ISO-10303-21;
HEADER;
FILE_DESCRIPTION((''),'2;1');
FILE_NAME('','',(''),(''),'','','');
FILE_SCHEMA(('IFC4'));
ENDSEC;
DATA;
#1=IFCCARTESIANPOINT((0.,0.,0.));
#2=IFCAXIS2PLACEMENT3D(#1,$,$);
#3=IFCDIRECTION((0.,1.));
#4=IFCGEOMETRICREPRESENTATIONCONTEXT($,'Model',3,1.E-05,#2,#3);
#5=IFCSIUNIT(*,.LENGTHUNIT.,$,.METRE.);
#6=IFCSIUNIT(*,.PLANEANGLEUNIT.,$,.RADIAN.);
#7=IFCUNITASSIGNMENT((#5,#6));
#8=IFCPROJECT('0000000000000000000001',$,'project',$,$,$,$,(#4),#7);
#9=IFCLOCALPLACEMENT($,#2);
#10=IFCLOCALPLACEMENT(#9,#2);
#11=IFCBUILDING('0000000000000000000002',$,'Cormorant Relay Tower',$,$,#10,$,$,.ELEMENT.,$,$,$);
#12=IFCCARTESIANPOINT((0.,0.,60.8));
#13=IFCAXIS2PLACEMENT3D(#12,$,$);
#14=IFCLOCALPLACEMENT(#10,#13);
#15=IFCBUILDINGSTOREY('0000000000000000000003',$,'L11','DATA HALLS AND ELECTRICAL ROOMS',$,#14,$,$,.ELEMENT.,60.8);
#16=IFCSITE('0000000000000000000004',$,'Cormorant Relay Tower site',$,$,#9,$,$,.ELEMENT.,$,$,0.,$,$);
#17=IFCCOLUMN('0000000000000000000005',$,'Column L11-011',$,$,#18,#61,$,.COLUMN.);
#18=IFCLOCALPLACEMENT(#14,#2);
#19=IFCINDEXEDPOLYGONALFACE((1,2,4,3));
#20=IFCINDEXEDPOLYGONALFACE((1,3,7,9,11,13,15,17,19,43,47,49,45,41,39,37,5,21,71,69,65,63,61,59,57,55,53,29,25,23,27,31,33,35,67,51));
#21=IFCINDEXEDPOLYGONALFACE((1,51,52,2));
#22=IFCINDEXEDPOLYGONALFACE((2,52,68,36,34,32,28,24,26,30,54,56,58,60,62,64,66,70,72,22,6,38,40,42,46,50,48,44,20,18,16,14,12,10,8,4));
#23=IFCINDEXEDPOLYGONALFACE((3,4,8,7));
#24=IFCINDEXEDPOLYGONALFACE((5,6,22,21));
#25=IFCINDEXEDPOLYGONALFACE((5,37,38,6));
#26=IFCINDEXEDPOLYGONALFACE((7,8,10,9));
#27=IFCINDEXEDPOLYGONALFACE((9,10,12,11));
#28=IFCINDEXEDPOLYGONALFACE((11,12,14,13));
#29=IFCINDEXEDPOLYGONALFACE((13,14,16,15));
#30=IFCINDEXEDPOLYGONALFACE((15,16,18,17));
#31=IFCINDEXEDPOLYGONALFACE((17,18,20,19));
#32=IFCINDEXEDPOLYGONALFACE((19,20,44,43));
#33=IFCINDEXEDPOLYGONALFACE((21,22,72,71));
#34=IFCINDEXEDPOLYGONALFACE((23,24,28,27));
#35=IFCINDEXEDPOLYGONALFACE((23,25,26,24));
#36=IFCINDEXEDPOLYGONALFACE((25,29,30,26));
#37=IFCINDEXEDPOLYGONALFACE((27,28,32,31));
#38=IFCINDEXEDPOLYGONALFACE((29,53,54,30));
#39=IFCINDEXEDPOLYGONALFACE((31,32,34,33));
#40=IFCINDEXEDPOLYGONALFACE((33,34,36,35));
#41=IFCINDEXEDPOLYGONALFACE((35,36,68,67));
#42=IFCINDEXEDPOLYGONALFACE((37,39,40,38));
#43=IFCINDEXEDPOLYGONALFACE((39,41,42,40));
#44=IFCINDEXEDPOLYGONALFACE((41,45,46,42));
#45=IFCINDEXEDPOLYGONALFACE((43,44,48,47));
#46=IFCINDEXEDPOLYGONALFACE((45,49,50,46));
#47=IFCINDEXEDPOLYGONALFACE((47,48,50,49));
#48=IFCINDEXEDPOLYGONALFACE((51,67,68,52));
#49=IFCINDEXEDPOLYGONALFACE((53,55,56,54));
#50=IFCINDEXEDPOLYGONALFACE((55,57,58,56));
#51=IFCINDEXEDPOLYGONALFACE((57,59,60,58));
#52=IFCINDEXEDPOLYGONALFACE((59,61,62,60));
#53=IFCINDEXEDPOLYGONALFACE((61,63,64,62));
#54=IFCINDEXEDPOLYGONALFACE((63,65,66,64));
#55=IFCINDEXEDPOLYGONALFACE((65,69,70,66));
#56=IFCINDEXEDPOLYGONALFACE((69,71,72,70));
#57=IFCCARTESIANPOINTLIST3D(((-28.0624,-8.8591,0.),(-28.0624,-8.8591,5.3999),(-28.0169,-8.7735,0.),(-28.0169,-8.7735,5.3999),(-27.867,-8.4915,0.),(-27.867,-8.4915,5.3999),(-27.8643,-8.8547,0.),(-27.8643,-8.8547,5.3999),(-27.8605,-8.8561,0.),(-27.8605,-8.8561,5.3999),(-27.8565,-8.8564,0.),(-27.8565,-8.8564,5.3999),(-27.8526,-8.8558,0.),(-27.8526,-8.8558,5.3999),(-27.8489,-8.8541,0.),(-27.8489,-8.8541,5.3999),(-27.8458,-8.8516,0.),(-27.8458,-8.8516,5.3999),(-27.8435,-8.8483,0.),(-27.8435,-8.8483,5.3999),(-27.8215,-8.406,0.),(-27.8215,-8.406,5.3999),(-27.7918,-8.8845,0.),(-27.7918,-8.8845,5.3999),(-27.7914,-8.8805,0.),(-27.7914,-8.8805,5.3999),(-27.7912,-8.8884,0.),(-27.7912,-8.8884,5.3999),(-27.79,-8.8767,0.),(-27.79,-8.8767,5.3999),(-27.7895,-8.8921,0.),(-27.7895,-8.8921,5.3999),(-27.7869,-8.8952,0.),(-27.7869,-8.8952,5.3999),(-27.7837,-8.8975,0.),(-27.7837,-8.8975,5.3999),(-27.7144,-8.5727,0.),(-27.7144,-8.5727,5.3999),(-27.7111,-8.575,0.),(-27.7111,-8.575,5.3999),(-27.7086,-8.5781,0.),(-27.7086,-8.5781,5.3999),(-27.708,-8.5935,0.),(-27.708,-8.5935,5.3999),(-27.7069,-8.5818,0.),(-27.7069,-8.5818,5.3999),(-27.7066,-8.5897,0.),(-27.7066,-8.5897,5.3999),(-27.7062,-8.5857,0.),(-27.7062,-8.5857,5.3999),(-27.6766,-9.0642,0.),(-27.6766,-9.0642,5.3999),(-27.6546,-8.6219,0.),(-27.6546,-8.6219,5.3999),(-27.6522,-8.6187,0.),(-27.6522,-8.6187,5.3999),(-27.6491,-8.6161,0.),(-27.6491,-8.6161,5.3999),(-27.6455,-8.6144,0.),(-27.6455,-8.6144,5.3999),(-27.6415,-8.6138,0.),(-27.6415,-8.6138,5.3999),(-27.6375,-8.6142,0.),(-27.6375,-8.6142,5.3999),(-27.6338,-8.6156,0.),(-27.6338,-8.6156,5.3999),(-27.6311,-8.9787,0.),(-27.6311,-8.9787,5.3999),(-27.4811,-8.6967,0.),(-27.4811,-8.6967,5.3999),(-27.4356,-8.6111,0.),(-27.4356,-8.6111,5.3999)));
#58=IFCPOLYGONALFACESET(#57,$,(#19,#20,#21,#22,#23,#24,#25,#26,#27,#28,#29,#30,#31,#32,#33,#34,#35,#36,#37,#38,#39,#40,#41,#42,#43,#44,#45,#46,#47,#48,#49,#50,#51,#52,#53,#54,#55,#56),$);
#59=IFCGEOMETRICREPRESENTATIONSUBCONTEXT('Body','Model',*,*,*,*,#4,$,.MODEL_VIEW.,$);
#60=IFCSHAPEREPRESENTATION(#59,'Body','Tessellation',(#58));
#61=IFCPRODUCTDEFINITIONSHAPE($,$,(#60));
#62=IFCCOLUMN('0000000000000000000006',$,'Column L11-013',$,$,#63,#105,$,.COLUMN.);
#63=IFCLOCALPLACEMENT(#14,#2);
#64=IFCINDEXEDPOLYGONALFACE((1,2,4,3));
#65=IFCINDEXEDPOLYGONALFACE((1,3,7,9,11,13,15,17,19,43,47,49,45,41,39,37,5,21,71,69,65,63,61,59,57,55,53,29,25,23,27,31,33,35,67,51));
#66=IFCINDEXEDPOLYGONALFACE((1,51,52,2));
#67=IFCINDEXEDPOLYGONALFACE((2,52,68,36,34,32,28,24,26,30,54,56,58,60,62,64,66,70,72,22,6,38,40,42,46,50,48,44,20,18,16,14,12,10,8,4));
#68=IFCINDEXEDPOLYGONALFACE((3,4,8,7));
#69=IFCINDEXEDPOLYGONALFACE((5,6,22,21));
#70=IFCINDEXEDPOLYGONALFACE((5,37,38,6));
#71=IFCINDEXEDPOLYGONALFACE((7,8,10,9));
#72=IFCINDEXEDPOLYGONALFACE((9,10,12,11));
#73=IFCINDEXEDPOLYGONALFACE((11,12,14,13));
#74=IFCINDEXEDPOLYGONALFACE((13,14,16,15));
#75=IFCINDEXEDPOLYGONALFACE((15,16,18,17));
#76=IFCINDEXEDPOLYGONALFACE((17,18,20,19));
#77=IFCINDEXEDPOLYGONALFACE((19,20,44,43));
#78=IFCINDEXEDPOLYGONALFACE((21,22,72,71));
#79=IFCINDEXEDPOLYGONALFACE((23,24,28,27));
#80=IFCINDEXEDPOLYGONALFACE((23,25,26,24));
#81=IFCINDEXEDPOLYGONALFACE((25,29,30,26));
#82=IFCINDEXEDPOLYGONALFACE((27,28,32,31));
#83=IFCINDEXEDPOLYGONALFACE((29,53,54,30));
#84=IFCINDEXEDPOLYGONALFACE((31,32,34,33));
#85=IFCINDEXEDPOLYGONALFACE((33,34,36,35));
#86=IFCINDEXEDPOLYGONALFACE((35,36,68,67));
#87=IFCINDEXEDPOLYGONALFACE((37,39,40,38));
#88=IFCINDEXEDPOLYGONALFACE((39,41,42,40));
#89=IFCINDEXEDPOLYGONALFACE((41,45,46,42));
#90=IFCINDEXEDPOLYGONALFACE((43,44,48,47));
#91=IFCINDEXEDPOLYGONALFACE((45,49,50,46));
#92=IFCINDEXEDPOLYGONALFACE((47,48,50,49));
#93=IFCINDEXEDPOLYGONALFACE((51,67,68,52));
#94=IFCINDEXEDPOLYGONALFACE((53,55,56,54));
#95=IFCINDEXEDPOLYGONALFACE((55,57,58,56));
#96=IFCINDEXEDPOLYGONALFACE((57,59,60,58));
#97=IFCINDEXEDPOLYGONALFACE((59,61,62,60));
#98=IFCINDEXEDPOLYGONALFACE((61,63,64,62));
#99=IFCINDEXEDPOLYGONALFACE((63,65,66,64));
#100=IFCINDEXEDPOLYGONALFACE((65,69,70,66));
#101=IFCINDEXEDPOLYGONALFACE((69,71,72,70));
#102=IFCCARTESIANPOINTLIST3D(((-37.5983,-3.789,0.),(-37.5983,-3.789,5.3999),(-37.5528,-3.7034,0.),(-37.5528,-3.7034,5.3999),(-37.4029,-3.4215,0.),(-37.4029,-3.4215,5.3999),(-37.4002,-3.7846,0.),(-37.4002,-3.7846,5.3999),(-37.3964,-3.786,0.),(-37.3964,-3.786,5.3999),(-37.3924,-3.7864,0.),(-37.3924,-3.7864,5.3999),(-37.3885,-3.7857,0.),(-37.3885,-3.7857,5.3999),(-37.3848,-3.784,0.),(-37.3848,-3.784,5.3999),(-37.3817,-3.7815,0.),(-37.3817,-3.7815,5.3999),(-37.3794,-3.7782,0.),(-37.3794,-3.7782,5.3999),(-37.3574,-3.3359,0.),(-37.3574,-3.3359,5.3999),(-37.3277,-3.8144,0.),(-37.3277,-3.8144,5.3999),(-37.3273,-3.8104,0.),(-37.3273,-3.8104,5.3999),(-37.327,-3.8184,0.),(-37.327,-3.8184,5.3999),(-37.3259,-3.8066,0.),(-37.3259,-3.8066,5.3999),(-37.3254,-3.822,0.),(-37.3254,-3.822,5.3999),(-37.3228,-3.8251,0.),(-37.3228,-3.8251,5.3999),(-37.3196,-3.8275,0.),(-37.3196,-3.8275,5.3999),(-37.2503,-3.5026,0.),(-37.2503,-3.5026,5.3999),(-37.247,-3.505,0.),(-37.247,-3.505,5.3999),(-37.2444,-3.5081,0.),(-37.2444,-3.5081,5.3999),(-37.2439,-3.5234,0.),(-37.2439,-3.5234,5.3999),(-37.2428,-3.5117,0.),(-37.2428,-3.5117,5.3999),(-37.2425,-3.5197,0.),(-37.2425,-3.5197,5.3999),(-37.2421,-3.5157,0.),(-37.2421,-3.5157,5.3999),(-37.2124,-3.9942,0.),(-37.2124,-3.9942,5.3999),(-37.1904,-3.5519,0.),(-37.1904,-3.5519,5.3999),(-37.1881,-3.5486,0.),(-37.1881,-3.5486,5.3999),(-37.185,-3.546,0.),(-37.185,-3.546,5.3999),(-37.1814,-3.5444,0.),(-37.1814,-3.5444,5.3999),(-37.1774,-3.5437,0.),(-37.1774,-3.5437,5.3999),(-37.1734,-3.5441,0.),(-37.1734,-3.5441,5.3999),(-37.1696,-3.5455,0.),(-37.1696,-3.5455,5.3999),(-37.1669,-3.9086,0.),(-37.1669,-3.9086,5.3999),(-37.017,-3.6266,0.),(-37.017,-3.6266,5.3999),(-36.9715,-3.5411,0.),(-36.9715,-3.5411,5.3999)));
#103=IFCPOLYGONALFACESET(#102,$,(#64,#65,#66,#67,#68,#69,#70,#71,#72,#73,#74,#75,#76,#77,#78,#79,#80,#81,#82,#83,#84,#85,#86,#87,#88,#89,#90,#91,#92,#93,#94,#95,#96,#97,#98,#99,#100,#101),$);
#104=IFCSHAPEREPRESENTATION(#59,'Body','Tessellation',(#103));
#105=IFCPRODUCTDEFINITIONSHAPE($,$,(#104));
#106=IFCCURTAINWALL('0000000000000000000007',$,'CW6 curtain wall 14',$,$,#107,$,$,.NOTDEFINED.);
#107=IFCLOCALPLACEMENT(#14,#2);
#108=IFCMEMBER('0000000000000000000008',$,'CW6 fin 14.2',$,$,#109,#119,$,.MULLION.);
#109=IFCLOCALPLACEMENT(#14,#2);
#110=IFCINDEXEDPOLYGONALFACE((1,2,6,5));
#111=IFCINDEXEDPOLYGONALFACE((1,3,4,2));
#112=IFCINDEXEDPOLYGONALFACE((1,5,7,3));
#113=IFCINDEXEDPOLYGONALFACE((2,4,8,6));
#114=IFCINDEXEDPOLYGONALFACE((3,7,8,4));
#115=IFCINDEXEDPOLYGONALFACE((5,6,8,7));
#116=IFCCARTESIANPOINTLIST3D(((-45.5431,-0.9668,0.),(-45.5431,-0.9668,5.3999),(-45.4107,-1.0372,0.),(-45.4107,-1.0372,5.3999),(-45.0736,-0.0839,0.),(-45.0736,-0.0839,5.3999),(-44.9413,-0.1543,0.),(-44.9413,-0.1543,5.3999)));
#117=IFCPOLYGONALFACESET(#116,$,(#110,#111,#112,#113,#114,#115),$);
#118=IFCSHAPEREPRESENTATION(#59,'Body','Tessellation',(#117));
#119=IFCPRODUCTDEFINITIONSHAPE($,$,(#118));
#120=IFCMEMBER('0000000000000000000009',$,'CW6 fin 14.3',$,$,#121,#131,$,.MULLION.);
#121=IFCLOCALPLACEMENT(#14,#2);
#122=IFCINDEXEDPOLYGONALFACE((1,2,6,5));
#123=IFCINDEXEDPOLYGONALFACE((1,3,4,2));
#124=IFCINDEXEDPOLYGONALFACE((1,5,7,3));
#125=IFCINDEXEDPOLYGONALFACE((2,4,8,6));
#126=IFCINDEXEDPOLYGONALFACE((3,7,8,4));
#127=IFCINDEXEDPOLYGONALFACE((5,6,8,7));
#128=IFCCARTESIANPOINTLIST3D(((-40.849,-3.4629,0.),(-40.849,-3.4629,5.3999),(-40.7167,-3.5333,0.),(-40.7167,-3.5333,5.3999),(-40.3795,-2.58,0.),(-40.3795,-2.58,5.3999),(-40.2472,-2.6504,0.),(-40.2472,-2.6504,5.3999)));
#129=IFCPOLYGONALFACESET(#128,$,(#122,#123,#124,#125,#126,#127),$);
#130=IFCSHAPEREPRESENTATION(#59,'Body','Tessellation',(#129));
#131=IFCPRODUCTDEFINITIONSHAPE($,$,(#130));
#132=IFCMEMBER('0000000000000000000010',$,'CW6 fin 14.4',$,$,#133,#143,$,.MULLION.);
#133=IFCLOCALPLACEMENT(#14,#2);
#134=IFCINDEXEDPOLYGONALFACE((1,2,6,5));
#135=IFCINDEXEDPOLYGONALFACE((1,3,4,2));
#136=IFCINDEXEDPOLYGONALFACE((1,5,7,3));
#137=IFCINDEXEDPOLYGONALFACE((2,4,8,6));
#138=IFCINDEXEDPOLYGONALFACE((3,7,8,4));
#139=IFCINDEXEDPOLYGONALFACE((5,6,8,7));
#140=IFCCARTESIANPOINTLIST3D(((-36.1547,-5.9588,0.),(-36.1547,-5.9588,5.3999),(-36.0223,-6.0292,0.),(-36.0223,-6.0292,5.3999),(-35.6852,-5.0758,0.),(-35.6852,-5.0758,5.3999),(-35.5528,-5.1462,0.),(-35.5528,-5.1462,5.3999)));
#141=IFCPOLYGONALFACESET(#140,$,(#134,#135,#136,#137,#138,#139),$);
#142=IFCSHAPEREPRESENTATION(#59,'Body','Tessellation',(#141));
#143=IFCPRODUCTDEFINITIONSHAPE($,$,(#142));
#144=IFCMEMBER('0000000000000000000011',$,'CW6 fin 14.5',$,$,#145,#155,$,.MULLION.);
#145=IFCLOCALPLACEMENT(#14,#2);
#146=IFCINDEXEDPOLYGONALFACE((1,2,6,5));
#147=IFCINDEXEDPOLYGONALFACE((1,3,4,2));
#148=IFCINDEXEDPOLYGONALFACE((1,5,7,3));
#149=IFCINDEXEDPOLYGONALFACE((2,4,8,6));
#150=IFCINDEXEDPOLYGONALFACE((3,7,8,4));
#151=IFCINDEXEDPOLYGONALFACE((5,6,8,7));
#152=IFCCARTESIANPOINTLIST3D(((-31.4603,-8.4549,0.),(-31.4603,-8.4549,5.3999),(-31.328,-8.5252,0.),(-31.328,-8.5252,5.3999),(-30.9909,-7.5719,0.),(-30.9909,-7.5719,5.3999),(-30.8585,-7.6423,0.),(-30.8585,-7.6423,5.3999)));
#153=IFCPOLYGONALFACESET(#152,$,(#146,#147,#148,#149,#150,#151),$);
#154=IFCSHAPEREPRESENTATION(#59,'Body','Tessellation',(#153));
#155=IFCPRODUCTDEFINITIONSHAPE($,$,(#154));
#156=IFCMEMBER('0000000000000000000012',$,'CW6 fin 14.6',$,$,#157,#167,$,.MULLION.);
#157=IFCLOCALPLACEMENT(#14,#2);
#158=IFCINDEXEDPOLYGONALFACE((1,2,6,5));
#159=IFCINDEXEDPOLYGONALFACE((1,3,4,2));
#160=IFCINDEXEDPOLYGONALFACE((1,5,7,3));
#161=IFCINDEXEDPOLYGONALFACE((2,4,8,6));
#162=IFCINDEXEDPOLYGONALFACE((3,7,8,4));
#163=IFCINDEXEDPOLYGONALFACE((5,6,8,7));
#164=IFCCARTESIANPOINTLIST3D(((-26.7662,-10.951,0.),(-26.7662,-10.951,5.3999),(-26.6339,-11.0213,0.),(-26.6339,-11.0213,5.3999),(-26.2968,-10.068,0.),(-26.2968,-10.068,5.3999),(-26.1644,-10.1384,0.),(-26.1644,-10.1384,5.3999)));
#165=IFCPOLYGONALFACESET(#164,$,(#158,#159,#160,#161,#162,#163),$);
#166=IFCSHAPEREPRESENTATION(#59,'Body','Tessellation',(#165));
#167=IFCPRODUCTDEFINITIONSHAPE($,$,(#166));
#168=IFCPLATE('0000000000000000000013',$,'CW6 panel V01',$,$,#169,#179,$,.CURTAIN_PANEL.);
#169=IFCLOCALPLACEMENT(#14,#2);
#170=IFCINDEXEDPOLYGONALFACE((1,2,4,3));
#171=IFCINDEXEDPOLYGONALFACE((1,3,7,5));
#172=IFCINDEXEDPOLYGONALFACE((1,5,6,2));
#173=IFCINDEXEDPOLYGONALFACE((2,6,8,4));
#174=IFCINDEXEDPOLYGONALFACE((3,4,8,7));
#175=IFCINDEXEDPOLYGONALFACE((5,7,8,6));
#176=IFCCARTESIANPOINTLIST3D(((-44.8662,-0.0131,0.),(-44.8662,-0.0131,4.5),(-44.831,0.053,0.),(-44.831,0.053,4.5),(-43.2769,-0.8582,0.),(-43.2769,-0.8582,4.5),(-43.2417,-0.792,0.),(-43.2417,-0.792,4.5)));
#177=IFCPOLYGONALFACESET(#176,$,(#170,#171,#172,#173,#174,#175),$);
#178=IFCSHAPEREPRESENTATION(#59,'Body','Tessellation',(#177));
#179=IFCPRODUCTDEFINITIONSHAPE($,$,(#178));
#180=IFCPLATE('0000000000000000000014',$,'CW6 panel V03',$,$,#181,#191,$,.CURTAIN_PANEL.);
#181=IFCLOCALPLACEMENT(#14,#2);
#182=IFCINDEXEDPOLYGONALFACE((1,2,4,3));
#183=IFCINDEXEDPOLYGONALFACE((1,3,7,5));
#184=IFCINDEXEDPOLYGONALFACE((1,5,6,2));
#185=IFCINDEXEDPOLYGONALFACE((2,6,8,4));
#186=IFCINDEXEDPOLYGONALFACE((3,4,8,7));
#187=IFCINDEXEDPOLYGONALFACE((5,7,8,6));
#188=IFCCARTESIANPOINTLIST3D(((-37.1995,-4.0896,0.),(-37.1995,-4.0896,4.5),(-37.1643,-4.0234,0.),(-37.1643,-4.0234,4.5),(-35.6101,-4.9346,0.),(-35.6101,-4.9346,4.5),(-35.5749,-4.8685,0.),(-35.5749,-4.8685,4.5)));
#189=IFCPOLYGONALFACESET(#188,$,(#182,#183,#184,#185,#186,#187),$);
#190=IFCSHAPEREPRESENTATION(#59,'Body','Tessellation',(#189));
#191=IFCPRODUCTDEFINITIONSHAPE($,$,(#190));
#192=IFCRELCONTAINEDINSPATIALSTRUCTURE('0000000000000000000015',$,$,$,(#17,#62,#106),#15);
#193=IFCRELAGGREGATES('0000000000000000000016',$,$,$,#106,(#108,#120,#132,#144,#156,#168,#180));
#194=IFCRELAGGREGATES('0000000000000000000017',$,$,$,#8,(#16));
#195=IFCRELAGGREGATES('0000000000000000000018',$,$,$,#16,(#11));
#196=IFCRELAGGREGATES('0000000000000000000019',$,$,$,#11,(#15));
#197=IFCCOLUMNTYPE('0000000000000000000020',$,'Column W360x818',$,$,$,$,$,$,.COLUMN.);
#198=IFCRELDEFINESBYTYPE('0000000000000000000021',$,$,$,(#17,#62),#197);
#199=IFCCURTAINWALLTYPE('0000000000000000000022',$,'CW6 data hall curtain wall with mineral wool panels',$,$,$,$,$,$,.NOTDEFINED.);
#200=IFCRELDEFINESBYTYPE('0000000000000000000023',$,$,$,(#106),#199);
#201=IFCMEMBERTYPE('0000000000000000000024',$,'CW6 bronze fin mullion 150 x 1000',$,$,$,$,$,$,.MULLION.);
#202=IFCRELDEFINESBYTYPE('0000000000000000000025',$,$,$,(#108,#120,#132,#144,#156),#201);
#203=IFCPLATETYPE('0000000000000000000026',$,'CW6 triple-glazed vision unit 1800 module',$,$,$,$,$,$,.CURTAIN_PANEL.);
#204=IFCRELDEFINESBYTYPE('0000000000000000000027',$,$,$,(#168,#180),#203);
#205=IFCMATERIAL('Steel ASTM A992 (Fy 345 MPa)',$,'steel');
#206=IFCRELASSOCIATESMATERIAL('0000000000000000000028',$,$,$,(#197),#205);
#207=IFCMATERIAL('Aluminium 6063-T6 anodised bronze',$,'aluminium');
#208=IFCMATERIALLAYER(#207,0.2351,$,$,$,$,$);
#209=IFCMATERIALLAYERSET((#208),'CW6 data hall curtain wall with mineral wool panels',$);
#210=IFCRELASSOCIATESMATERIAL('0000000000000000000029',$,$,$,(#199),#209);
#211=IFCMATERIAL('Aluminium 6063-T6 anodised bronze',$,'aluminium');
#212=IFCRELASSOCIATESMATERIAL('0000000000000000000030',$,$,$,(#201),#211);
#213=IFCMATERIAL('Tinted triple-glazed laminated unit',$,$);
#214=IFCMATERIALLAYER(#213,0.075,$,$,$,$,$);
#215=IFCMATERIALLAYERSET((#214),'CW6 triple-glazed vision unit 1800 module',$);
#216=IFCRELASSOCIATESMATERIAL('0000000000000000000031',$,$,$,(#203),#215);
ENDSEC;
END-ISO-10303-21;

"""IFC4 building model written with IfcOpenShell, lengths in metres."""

from ifc_helpers import new_model, si_unit, direction, frame, origin, origin_2d, place, context, subcontext, project, spatial, rectangle, i_section, extrude, material, layer, layer_set, material_profile, profile_set, type_object, element, aggregate, save


model = new_model("IFC4")

# Units and contexts
model_context = context("Model", 3, precision=1e-05, world=origin(), true_north=direction((0.0, 1.0)))
body_context = subcontext(model_context, "Body", "Model", "MODEL_VIEW")
ifc_project = project(units=[si_unit("LENGTHUNIT", "METRE"), si_unit("PLANEANGLEUNIT", "RADIAN")], contexts=[model_context])

# Site, building, storey
site_placement = place(None, origin())
site = spatial("IfcSite", under=ifc_project, at=site_placement, Name="Cormorant Relay Tower site", CompositionType="ELEMENT", RefElevation=0.0)
building_placement = place(site_placement, origin())
building = spatial("IfcBuilding", under=site, at=building_placement, Name="Cormorant Relay Tower", CompositionType="ELEMENT")
storey_placement = place(building_placement, frame((0.0, 0.0, 60.8)))
storey = spatial("IfcBuildingStorey", under=building, at=storey_placement, Name="L11", Description="DATA HALLS AND ELECTRICAL ROOMS", CompositionType="ELEMENT", Elevation=60.8)

# Columns
ifc_material_1 = material(Name="Steel ASTM A992 (Fy 345 MPa)", Category="steel")
ifc_material_profile_1 = material_profile(ifc_material_1, i_section(OverallWidth=0.437, OverallDepth=0.5132, WebThickness=0.0605, FlangeThickness=0.0969, FilletRadius=0.0154, at=origin_2d()), Name="W360x818")
ifc_profile_set_1 = profile_set([ifc_material_profile_1], Name="Steel ASTM A992 (Fy 345 MPa)")
column_type = type_object("IfcColumnType", Name="Column W360x818", PredefinedType="COLUMN", material=ifc_profile_set_1)
for number, where, z_axis, x_axis, name in (
    (1, (-27.749, -8.7351, 0.0), (0.0, 0.0, 1.0), (0.882948, -0.469472, 0.0), "Column L11-011"),
    (2, (-37.2849, -3.665, 0.0), (0.0, 0.0, 1.0), (0.882948, -0.469472, 0.0), "Column L11-013"),
):
    element("IfcColumn", number, at=place(storey_placement, frame(where, z_axis=z_axis, x_axis=x_axis)), inside=storey, type_object=column_type, Name=name, PredefinedType="COLUMN", context=body_context, shape_type="SweptSolid", body=[
        extrude(i_section(OverallWidth=0.437, OverallDepth=0.5132, WebThickness=0.0605, FlangeThickness=0.0969, FilletRadius=0.0154, at=origin_2d()), origin(), (0.0, 0.0, 1.0), 5.3999),
    ])

# Curtain wall, members, plates
ifc_material_2 = material(Name="Aluminium 6063-T6 anodised bronze", Category="aluminium")
ifc_layer_1 = layer(ifc_material_2, 0.2351)
ifc_layer_set_1 = layer_set([ifc_layer_1], Name="CW6 data hall curtain wall with mineral wool panels")
curtain_wall_type = type_object("IfcCurtainWallType", Name="CW6 data hall curtain wall with mineral wool panels", PredefinedType="NOTDEFINED", material=ifc_layer_set_1)
curtain_wall_placement = place(storey_placement, origin())
curtain_wall = element("IfcCurtainWall", 3, at=curtain_wall_placement, inside=storey, type_object=curtain_wall_type, Name="CW6 curtain wall 14", PredefinedType="NOTDEFINED")
ifc_material_3 = material(Name="Aluminium 6063-T6 anodised bronze", Category="aluminium")
ifc_material_profile_2 = material_profile(ifc_material_3, rectangle(XDim=0.1499, YDim=1.0, at=origin_2d()), Name="AL 150x1000")
ifc_profile_set_2 = profile_set([ifc_material_profile_2], Name="Aluminium 6063-T6 anodised bronze")
member_type = type_object("IfcMemberType", Name="CW6 bronze fin mullion 150 x 1000", PredefinedType="MULLION", material=ifc_profile_set_2)
member_1_placement = place(storey_placement, frame((-45.2422, -0.5605, 0.0), z_axis=(0.0, 0.0, 1.0), x_axis=(0.882948, -0.469472, 0.0)))
member_1 = element("IfcMember", 4, at=member_1_placement, type_object=member_type, Name="CW6 fin 14.2", PredefinedType="MULLION", context=body_context, shape_type="SweptSolid", body=[
    extrude(rectangle(XDim=0.1499, YDim=1.0, at=origin_2d()), origin(), (0.0, 0.0, 1.0), 5.3999),
])
member_2_placement = place(storey_placement, frame((-40.5481, -3.0566, 0.0), z_axis=(0.0, 0.0, 1.0), x_axis=(0.882948, -0.469472, 0.0)))
member_2 = element("IfcMember", 5, at=member_2_placement, type_object=member_type, Name="CW6 fin 14.3", PredefinedType="MULLION", context=body_context, shape_type="SweptSolid", body=[
    extrude(rectangle(XDim=0.1499, YDim=1.0, at=origin_2d()), origin(), (0.0, 0.0, 1.0), 5.3999),
])
member_3_placement = place(storey_placement, frame((-35.8538, -5.5525, 0.0), z_axis=(0.0, 0.0, 1.0), x_axis=(0.882948, -0.469472, 0.0)))
member_3 = element("IfcMember", 6, at=member_3_placement, type_object=member_type, Name="CW6 fin 14.4", PredefinedType="MULLION", context=body_context, shape_type="SweptSolid", body=[
    extrude(rectangle(XDim=0.1499, YDim=1.0, at=origin_2d()), origin(), (0.0, 0.0, 1.0), 5.3999),
])
member_4_placement = place(storey_placement, frame((-31.1594, -8.0486, 0.0), z_axis=(0.0, 0.0, 1.0), x_axis=(0.882948, -0.469472, 0.0)))
member_4 = element("IfcMember", 7, at=member_4_placement, type_object=member_type, Name="CW6 fin 14.5", PredefinedType="MULLION", context=body_context, shape_type="SweptSolid", body=[
    extrude(rectangle(XDim=0.1499, YDim=1.0, at=origin_2d()), origin(), (0.0, 0.0, 1.0), 5.3999),
])
member_5_placement = place(storey_placement, frame((-26.4653, -10.5447, 0.0), z_axis=(0.0, 0.0, 1.0), x_axis=(0.882948, -0.469472, 0.0)))
member_5 = element("IfcMember", 8, at=member_5_placement, type_object=member_type, Name="CW6 fin 14.6", PredefinedType="MULLION", context=body_context, shape_type="SweptSolid", body=[
    extrude(rectangle(XDim=0.1499, YDim=1.0, at=origin_2d()), origin(), (0.0, 0.0, 1.0), 5.3999),
])
ifc_material_4 = material(Name="Tinted triple-glazed laminated unit")
ifc_layer_2 = layer(ifc_material_4, 0.075)
ifc_layer_set_2 = layer_set([ifc_layer_2], Name="CW6 triple-glazed vision unit 1800 module")
plate_type = type_object("IfcPlateType", Name="CW6 triple-glazed vision unit 1800 module", PredefinedType="CURTAIN_PANEL", material=ifc_layer_set_2)
plate_1_placement = place(storey_placement, frame((-44.054, -0.4026, 0.0), z_axis=(0.0, 0.0, 1.0), x_axis=(0.882948, -0.469472, 0.0)))
plate_1 = element("IfcPlate", 9, at=plate_1_placement, type_object=plate_type, Name="CW6 panel V01", PredefinedType="CURTAIN_PANEL", context=body_context, shape_type="SweptSolid", body=[
    extrude(rectangle(XDim=1.8, YDim=0.075, at=origin_2d()), origin(), (0.0, 0.0, 1.0), 4.5),
])
plate_2_placement = place(storey_placement, frame((-36.3872, -4.479, 0.0), z_axis=(0.0, 0.0, 1.0), x_axis=(0.882948, -0.469472, 0.0)))
plate_2 = element("IfcPlate", 10, at=plate_2_placement, type_object=plate_type, Name="CW6 panel V03", PredefinedType="CURTAIN_PANEL", context=body_context, shape_type="SweptSolid", body=[
    extrude(rectangle(XDim=1.8, YDim=0.075, at=origin_2d()), origin(), (0.0, 0.0, 1.0), 4.5),
])

aggregate(curtain_wall, [member_1, member_2, member_3, member_4, member_5, plate_1, plate_2])

save(model, "model.ifc")
